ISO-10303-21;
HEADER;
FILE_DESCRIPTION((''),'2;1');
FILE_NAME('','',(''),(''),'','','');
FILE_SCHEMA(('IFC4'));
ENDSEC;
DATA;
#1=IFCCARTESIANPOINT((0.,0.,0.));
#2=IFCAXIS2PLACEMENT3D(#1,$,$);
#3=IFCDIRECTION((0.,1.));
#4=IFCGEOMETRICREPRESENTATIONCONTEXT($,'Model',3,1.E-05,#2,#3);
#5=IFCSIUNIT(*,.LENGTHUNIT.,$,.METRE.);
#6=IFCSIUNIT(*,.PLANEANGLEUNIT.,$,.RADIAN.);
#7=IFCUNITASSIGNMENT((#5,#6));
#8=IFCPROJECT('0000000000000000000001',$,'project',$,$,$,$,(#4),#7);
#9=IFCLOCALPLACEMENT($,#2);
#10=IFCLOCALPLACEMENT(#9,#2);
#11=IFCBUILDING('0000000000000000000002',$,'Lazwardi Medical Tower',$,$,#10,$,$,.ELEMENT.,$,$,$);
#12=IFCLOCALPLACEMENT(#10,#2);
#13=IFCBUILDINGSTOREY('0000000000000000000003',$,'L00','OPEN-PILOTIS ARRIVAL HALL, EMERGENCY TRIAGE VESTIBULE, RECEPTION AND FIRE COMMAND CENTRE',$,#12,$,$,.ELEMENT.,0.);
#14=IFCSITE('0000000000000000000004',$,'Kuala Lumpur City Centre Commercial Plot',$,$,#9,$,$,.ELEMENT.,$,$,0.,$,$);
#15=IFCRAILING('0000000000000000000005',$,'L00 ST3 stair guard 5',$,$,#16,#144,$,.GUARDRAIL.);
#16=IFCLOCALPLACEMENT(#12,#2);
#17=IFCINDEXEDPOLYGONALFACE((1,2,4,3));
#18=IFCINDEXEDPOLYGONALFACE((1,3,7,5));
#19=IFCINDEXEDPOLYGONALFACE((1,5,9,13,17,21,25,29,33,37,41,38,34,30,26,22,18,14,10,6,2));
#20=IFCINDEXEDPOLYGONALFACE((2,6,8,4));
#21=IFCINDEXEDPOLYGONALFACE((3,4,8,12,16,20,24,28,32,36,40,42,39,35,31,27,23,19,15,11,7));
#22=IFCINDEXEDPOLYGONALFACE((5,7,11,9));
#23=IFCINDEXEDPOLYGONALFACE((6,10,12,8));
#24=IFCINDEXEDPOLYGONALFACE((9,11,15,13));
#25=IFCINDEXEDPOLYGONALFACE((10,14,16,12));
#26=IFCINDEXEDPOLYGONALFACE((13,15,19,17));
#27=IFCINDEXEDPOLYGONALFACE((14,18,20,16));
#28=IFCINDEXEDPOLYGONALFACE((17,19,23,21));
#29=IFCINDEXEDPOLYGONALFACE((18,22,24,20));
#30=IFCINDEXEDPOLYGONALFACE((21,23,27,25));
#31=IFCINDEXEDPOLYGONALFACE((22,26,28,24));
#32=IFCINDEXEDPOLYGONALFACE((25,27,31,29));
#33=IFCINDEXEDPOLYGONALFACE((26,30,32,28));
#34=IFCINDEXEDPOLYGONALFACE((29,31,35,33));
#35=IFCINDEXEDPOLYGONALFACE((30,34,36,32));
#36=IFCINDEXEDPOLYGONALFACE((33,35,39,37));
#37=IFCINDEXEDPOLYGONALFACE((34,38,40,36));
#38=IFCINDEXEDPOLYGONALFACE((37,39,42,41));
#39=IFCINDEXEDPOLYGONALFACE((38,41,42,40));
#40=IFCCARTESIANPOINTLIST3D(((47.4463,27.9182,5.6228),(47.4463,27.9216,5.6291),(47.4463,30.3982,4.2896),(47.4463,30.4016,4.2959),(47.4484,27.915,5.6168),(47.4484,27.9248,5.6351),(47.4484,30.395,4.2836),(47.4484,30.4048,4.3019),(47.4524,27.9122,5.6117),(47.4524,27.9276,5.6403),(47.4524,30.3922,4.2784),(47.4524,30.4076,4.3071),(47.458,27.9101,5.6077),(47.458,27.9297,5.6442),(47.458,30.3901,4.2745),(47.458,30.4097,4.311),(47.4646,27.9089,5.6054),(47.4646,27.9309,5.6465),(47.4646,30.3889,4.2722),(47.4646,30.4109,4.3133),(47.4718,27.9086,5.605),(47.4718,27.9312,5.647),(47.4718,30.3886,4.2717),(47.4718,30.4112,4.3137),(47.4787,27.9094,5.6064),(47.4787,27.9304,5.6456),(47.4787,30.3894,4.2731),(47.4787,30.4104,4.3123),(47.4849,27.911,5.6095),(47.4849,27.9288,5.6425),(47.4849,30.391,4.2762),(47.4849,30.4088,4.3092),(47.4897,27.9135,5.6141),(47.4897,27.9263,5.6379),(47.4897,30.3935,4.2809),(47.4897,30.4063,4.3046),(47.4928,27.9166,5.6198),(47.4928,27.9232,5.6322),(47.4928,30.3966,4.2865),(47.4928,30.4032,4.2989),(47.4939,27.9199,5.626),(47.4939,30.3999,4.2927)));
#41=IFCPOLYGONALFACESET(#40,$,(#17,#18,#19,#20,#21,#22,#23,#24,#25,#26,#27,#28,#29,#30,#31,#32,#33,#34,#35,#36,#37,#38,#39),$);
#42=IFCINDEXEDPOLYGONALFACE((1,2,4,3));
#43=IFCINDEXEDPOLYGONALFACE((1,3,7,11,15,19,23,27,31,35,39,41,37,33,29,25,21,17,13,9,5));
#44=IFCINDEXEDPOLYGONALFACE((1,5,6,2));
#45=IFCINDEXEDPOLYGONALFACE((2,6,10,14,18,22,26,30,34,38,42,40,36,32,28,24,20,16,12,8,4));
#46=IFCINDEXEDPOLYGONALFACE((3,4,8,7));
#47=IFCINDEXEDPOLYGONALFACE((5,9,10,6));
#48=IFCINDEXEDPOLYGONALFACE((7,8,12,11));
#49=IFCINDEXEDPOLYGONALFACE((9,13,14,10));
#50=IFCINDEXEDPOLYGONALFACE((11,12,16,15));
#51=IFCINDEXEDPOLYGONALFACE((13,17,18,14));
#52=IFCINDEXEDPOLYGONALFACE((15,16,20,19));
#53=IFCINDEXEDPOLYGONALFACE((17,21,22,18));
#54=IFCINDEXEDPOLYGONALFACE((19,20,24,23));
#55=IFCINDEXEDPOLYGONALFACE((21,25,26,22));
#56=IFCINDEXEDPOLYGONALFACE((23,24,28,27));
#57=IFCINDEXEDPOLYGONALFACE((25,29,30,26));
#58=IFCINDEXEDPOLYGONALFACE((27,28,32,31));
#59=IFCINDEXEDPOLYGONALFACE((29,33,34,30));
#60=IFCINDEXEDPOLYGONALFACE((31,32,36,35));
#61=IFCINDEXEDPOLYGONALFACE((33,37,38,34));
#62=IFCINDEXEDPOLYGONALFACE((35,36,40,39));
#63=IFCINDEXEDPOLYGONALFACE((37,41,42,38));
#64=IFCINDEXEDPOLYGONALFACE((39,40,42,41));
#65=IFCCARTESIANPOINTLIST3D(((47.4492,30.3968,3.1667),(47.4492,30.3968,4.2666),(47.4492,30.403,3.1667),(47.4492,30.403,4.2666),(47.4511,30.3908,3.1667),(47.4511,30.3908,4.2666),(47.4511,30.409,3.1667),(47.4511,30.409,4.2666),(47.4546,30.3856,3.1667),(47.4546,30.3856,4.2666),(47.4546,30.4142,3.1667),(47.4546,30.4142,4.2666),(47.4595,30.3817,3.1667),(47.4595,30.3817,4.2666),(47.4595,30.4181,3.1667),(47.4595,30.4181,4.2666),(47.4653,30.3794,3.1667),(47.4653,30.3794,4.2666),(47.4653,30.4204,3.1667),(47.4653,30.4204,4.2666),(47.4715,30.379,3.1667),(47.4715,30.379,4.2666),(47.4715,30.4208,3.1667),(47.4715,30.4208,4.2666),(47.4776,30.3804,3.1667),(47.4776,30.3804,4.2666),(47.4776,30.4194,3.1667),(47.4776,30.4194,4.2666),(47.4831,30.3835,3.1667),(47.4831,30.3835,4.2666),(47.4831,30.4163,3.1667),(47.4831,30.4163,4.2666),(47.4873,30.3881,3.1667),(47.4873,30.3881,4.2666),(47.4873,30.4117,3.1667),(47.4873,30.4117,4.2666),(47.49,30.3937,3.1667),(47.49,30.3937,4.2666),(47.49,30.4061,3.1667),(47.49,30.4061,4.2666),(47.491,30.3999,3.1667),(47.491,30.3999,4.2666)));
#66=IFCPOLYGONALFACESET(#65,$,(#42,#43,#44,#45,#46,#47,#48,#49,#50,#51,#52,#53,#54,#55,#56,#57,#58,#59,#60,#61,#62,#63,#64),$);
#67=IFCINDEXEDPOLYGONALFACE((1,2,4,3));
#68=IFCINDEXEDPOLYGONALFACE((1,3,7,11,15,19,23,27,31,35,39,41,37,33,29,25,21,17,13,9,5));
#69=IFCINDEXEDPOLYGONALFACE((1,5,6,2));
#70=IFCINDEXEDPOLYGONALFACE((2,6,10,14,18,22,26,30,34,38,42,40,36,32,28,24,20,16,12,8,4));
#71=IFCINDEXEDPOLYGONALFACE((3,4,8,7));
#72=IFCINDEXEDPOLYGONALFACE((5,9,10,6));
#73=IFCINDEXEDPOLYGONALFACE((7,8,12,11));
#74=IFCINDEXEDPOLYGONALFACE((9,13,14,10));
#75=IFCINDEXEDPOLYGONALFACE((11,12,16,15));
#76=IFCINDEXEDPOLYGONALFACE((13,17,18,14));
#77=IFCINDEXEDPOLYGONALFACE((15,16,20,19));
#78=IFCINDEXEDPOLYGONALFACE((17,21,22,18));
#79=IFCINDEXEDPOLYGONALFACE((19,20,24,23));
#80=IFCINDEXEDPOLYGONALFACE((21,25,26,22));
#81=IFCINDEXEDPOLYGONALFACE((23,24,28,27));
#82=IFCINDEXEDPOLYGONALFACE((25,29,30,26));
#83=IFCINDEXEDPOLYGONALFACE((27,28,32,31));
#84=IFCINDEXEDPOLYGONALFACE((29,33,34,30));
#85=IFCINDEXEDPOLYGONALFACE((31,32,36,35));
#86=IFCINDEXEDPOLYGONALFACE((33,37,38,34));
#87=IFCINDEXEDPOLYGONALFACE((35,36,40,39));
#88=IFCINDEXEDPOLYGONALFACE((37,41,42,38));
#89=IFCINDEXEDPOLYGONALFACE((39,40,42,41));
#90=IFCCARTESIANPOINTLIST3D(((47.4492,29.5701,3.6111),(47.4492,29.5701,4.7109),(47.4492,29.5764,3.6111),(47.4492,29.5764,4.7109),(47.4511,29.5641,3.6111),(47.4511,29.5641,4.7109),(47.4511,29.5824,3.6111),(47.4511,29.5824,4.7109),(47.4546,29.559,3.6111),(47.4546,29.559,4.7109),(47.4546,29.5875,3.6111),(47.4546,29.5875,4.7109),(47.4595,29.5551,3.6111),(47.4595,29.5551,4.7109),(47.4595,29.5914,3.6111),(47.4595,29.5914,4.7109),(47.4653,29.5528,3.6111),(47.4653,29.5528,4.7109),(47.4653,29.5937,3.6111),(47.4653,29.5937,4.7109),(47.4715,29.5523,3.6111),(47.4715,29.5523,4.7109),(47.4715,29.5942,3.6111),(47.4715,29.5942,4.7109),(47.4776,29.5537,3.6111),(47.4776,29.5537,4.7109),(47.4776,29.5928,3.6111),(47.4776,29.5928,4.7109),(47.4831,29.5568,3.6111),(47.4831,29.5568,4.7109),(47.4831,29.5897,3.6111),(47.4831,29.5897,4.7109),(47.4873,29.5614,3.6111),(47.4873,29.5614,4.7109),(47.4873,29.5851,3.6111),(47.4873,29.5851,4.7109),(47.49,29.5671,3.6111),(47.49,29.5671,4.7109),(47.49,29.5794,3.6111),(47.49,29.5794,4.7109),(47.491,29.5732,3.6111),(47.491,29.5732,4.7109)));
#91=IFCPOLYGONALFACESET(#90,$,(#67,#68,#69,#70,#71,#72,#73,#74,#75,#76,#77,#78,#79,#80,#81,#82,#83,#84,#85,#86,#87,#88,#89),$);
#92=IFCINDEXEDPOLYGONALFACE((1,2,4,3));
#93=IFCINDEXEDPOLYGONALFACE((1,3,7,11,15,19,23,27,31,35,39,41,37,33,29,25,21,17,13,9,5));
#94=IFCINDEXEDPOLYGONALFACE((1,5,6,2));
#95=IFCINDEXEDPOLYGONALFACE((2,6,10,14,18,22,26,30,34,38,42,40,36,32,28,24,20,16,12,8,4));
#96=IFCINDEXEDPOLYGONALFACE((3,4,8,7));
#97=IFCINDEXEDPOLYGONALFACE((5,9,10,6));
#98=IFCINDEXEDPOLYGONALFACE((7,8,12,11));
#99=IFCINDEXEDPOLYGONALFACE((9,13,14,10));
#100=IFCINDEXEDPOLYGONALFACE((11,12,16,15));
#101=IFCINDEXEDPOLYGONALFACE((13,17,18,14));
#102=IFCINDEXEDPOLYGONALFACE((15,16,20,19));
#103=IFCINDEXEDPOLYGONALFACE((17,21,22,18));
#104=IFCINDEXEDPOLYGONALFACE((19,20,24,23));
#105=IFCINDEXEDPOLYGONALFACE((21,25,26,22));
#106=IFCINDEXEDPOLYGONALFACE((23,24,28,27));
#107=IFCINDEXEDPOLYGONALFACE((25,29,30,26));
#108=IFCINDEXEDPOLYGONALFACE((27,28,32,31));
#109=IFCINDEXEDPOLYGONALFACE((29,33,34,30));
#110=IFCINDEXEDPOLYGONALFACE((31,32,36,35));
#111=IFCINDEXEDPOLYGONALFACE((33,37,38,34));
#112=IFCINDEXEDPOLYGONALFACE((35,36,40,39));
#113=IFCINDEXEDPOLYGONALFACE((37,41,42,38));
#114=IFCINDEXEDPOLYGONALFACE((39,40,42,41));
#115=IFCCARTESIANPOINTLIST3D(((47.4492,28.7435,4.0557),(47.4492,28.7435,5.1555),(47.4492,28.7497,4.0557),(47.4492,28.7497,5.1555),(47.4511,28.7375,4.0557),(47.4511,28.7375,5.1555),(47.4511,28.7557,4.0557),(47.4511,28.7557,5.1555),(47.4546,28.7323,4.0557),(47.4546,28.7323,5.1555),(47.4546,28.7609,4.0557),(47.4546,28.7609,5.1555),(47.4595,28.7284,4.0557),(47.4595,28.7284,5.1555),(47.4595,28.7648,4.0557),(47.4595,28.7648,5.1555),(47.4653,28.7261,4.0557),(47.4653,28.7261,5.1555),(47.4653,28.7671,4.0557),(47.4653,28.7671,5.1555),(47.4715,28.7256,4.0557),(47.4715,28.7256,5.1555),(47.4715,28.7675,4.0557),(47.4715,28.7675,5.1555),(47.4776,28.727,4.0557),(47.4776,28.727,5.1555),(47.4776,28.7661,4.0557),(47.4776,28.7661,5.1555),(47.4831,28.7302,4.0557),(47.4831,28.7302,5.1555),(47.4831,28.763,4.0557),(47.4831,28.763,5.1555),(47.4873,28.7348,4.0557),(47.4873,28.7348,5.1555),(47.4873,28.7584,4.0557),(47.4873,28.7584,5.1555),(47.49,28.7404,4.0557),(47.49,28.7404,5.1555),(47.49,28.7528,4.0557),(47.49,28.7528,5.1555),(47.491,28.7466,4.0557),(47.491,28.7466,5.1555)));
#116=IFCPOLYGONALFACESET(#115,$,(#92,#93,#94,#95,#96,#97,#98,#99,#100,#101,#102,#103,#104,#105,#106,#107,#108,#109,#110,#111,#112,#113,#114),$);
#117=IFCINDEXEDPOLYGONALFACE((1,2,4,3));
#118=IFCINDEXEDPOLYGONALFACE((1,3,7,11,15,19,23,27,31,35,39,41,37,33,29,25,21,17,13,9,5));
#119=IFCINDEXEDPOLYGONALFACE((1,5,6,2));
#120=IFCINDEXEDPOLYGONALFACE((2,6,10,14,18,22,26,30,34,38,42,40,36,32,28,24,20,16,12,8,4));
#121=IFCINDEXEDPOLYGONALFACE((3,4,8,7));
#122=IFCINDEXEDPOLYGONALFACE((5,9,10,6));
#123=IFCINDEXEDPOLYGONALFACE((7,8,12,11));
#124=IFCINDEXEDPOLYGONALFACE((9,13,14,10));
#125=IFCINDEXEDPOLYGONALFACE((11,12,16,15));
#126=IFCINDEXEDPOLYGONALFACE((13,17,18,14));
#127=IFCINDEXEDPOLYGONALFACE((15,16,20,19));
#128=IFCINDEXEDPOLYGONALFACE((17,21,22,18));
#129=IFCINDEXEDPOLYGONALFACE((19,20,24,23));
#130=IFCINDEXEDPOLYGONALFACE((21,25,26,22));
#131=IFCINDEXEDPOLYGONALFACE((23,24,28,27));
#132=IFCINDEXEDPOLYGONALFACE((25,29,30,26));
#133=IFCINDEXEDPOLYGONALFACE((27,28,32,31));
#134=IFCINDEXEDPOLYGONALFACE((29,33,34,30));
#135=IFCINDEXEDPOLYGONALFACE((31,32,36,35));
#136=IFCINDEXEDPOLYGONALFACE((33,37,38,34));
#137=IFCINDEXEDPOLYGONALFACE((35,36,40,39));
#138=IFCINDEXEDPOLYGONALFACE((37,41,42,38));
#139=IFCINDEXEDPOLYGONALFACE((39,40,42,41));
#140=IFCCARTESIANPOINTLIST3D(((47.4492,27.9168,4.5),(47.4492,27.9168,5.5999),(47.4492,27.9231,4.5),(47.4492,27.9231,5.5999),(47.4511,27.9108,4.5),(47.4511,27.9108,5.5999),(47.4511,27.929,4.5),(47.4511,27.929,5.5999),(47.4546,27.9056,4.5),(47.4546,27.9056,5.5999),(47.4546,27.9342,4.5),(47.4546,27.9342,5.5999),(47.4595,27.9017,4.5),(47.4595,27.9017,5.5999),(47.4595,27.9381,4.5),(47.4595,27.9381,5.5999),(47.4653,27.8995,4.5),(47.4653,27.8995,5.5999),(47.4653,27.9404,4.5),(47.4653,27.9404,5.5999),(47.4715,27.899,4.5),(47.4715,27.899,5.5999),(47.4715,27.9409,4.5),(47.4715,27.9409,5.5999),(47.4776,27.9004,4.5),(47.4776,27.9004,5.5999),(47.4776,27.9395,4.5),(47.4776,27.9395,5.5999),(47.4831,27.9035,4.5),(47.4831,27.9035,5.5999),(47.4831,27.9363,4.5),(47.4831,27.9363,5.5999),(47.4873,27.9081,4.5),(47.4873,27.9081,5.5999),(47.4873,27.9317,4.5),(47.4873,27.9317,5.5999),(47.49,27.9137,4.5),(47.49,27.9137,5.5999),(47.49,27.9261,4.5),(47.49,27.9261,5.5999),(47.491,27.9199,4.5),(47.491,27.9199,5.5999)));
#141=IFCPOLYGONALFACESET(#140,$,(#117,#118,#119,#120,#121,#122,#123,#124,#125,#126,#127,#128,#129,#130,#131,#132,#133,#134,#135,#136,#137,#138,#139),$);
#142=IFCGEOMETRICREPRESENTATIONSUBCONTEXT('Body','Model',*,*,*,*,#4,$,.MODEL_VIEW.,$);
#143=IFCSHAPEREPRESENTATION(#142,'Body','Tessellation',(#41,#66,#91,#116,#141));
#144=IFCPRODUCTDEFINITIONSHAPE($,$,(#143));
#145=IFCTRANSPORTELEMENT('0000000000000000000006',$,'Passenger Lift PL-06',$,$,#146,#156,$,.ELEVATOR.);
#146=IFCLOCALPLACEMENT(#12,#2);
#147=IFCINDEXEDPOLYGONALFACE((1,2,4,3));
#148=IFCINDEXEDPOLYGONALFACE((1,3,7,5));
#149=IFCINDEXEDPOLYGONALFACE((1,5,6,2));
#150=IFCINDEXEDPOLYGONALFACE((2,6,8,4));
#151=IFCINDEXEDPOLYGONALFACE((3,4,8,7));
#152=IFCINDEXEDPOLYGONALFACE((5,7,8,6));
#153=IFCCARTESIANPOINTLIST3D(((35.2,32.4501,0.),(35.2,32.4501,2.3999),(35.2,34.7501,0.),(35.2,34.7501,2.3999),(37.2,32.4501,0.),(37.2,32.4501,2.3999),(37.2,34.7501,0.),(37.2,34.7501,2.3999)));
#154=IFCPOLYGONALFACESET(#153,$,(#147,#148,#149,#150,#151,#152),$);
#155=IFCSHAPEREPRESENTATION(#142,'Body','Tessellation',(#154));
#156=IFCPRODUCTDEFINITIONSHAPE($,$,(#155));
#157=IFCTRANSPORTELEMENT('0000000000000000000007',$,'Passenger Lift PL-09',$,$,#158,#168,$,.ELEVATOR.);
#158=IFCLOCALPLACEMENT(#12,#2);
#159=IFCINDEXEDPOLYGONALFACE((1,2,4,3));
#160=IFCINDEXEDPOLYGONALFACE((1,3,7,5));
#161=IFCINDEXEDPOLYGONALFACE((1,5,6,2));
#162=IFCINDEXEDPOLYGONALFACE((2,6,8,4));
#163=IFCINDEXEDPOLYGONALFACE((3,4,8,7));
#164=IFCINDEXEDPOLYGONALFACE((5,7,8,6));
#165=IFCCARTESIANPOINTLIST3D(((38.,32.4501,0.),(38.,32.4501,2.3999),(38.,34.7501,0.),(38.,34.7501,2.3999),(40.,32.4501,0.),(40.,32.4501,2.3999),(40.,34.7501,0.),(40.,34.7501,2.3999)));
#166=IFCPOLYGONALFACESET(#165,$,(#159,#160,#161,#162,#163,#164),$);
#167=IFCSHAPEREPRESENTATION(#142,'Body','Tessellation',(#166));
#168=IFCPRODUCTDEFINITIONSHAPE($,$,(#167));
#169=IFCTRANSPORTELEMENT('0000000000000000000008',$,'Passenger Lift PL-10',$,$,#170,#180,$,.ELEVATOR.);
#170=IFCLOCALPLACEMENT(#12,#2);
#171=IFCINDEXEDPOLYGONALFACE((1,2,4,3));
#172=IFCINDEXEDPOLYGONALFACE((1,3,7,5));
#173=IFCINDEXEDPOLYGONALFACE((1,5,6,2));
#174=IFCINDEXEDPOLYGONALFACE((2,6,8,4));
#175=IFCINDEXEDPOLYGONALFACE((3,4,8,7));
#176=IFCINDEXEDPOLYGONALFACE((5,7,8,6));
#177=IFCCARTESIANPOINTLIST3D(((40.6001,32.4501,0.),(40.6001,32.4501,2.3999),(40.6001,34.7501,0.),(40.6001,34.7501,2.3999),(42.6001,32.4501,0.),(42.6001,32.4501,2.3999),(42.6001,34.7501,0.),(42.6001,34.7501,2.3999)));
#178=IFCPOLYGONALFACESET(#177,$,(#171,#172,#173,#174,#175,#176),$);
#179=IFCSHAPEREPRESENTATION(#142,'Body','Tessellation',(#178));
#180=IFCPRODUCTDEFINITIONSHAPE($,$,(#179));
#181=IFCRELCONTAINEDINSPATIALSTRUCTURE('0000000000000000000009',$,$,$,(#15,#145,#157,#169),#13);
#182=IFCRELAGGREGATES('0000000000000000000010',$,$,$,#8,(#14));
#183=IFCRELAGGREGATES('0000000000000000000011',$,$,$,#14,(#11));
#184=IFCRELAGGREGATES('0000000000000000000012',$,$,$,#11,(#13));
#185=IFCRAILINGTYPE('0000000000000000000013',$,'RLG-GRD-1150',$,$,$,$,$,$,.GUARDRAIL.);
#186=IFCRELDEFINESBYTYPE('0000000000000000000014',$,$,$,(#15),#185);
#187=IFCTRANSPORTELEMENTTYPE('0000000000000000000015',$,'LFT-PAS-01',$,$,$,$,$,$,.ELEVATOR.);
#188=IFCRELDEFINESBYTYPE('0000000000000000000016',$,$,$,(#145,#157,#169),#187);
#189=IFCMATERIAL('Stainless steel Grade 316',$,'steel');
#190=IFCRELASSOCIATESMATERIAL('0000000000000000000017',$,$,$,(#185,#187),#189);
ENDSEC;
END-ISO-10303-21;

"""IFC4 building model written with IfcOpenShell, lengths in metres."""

from ifc_helpers import new_model, si_unit, direction, frame, origin, origin_2d, place, context, subcontext, project, spatial, rectangle, circle, extrude, material, type_object, element, save


model = new_model("IFC4")

# Units and contexts
model_context = context("Model", 3, precision=1e-05, world=origin(), true_north=direction((0.0, 1.0)))
body_context = subcontext(model_context, "Body", "Model", "MODEL_VIEW")
ifc_project = project(units=[si_unit("LENGTHUNIT", "METRE"), si_unit("PLANEANGLEUNIT", "RADIAN")], contexts=[model_context])

# Site, building, storey
site_placement = place(None, origin())
site = spatial("IfcSite", under=ifc_project, at=site_placement, Name="Kuala Lumpur City Centre Commercial Plot", CompositionType="ELEMENT", RefElevation=0.0)
building_placement = place(site_placement, origin())
building = spatial("IfcBuilding", under=site, at=building_placement, Name="Lazwardi Medical Tower", CompositionType="ELEMENT")
storey_placement = place(building_placement, origin())
storey = spatial("IfcBuildingStorey", under=building, at=storey_placement, Name="L00", Description="OPEN-PILOTIS ARRIVAL HALL, EMERGENCY TRIAGE VESTIBULE, RECEPTION AND FIRE COMMAND CENTRE", CompositionType="ELEMENT", Elevation=0.0)

# Railing
ifc_material_1 = material(Name="Stainless steel Grade 316", Category="steel")
railing_type = type_object("IfcRailingType", Name="RLG-GRD-1150", PredefinedType="GUARDRAIL", material=ifc_material_1)
railing_1_placement = place(storey_placement, frame((47.47, 30.3999, 3.1667)))
element("IfcRailing", 1, at=railing_1_placement, inside=storey, type_object=railing_type, Name="L00 ST3 stair guard 5", PredefinedType="GUARDRAIL", context=body_context, shape_type="SweptSolid", body=[
    extrude(circle(Radius=0.0239, at=origin_2d()), frame((0.0, 0.0, 1.126), z_axis=(0.0, -0.880786, 0.473515), x_axis=(1.0, 0.0, 0.0)), (0.0, 0.0, 1.0), 2.8157),
    extrude(circle(Radius=0.021, at=origin_2d()), origin(), (0.0, 0.0, 1.0), 1.0999),
    extrude(circle(Radius=0.021, at=origin_2d()), frame((0.0, -0.8267, 0.4443)), (0.0, 0.0, 1.0), 1.0999),
    extrude(circle(Radius=0.021, at=origin_2d()), frame((0.0, -1.6533, 0.8889)), (0.0, 0.0, 1.0), 1.0999),
    extrude(circle(Radius=0.021, at=origin_2d()), frame((0.0, -2.48, 1.3333)), (0.0, 0.0, 1.0), 1.0999),
])

# Transport elements
transport_element_type = type_object("IfcTransportElementType", Name="LFT-PAS-01", PredefinedType="ELEVATOR", material=ifc_material_1)
for number, where, z_axis, x_axis, name in (
    (2, (36.2, 33.6001, 0.0), (0.0, 0.0, 1.0), (1.0, 0.0, 0.0), "Passenger Lift PL-06"),
    (3, (39.0, 33.6001, 0.0), (0.0, 0.0, 1.0), (1.0, 0.0, 0.0), "Passenger Lift PL-09"),
    (4, (41.6001, 33.6001, 0.0), (0.0, 0.0, 1.0), (1.0, 0.0, 0.0), "Passenger Lift PL-10"),
):
    element("IfcTransportElement", number, at=place(storey_placement, frame(where, z_axis=z_axis, x_axis=x_axis)), inside=storey, type_object=transport_element_type, Name=name, PredefinedType="ELEVATOR", context=body_context, shape_type="SweptSolid", body=[
        extrude(rectangle(XDim=2.0, YDim=2.3, at=origin_2d()), origin(), (0.0, 0.0, 1.0), 2.3999),
    ])

save(model, "model.ifc")
